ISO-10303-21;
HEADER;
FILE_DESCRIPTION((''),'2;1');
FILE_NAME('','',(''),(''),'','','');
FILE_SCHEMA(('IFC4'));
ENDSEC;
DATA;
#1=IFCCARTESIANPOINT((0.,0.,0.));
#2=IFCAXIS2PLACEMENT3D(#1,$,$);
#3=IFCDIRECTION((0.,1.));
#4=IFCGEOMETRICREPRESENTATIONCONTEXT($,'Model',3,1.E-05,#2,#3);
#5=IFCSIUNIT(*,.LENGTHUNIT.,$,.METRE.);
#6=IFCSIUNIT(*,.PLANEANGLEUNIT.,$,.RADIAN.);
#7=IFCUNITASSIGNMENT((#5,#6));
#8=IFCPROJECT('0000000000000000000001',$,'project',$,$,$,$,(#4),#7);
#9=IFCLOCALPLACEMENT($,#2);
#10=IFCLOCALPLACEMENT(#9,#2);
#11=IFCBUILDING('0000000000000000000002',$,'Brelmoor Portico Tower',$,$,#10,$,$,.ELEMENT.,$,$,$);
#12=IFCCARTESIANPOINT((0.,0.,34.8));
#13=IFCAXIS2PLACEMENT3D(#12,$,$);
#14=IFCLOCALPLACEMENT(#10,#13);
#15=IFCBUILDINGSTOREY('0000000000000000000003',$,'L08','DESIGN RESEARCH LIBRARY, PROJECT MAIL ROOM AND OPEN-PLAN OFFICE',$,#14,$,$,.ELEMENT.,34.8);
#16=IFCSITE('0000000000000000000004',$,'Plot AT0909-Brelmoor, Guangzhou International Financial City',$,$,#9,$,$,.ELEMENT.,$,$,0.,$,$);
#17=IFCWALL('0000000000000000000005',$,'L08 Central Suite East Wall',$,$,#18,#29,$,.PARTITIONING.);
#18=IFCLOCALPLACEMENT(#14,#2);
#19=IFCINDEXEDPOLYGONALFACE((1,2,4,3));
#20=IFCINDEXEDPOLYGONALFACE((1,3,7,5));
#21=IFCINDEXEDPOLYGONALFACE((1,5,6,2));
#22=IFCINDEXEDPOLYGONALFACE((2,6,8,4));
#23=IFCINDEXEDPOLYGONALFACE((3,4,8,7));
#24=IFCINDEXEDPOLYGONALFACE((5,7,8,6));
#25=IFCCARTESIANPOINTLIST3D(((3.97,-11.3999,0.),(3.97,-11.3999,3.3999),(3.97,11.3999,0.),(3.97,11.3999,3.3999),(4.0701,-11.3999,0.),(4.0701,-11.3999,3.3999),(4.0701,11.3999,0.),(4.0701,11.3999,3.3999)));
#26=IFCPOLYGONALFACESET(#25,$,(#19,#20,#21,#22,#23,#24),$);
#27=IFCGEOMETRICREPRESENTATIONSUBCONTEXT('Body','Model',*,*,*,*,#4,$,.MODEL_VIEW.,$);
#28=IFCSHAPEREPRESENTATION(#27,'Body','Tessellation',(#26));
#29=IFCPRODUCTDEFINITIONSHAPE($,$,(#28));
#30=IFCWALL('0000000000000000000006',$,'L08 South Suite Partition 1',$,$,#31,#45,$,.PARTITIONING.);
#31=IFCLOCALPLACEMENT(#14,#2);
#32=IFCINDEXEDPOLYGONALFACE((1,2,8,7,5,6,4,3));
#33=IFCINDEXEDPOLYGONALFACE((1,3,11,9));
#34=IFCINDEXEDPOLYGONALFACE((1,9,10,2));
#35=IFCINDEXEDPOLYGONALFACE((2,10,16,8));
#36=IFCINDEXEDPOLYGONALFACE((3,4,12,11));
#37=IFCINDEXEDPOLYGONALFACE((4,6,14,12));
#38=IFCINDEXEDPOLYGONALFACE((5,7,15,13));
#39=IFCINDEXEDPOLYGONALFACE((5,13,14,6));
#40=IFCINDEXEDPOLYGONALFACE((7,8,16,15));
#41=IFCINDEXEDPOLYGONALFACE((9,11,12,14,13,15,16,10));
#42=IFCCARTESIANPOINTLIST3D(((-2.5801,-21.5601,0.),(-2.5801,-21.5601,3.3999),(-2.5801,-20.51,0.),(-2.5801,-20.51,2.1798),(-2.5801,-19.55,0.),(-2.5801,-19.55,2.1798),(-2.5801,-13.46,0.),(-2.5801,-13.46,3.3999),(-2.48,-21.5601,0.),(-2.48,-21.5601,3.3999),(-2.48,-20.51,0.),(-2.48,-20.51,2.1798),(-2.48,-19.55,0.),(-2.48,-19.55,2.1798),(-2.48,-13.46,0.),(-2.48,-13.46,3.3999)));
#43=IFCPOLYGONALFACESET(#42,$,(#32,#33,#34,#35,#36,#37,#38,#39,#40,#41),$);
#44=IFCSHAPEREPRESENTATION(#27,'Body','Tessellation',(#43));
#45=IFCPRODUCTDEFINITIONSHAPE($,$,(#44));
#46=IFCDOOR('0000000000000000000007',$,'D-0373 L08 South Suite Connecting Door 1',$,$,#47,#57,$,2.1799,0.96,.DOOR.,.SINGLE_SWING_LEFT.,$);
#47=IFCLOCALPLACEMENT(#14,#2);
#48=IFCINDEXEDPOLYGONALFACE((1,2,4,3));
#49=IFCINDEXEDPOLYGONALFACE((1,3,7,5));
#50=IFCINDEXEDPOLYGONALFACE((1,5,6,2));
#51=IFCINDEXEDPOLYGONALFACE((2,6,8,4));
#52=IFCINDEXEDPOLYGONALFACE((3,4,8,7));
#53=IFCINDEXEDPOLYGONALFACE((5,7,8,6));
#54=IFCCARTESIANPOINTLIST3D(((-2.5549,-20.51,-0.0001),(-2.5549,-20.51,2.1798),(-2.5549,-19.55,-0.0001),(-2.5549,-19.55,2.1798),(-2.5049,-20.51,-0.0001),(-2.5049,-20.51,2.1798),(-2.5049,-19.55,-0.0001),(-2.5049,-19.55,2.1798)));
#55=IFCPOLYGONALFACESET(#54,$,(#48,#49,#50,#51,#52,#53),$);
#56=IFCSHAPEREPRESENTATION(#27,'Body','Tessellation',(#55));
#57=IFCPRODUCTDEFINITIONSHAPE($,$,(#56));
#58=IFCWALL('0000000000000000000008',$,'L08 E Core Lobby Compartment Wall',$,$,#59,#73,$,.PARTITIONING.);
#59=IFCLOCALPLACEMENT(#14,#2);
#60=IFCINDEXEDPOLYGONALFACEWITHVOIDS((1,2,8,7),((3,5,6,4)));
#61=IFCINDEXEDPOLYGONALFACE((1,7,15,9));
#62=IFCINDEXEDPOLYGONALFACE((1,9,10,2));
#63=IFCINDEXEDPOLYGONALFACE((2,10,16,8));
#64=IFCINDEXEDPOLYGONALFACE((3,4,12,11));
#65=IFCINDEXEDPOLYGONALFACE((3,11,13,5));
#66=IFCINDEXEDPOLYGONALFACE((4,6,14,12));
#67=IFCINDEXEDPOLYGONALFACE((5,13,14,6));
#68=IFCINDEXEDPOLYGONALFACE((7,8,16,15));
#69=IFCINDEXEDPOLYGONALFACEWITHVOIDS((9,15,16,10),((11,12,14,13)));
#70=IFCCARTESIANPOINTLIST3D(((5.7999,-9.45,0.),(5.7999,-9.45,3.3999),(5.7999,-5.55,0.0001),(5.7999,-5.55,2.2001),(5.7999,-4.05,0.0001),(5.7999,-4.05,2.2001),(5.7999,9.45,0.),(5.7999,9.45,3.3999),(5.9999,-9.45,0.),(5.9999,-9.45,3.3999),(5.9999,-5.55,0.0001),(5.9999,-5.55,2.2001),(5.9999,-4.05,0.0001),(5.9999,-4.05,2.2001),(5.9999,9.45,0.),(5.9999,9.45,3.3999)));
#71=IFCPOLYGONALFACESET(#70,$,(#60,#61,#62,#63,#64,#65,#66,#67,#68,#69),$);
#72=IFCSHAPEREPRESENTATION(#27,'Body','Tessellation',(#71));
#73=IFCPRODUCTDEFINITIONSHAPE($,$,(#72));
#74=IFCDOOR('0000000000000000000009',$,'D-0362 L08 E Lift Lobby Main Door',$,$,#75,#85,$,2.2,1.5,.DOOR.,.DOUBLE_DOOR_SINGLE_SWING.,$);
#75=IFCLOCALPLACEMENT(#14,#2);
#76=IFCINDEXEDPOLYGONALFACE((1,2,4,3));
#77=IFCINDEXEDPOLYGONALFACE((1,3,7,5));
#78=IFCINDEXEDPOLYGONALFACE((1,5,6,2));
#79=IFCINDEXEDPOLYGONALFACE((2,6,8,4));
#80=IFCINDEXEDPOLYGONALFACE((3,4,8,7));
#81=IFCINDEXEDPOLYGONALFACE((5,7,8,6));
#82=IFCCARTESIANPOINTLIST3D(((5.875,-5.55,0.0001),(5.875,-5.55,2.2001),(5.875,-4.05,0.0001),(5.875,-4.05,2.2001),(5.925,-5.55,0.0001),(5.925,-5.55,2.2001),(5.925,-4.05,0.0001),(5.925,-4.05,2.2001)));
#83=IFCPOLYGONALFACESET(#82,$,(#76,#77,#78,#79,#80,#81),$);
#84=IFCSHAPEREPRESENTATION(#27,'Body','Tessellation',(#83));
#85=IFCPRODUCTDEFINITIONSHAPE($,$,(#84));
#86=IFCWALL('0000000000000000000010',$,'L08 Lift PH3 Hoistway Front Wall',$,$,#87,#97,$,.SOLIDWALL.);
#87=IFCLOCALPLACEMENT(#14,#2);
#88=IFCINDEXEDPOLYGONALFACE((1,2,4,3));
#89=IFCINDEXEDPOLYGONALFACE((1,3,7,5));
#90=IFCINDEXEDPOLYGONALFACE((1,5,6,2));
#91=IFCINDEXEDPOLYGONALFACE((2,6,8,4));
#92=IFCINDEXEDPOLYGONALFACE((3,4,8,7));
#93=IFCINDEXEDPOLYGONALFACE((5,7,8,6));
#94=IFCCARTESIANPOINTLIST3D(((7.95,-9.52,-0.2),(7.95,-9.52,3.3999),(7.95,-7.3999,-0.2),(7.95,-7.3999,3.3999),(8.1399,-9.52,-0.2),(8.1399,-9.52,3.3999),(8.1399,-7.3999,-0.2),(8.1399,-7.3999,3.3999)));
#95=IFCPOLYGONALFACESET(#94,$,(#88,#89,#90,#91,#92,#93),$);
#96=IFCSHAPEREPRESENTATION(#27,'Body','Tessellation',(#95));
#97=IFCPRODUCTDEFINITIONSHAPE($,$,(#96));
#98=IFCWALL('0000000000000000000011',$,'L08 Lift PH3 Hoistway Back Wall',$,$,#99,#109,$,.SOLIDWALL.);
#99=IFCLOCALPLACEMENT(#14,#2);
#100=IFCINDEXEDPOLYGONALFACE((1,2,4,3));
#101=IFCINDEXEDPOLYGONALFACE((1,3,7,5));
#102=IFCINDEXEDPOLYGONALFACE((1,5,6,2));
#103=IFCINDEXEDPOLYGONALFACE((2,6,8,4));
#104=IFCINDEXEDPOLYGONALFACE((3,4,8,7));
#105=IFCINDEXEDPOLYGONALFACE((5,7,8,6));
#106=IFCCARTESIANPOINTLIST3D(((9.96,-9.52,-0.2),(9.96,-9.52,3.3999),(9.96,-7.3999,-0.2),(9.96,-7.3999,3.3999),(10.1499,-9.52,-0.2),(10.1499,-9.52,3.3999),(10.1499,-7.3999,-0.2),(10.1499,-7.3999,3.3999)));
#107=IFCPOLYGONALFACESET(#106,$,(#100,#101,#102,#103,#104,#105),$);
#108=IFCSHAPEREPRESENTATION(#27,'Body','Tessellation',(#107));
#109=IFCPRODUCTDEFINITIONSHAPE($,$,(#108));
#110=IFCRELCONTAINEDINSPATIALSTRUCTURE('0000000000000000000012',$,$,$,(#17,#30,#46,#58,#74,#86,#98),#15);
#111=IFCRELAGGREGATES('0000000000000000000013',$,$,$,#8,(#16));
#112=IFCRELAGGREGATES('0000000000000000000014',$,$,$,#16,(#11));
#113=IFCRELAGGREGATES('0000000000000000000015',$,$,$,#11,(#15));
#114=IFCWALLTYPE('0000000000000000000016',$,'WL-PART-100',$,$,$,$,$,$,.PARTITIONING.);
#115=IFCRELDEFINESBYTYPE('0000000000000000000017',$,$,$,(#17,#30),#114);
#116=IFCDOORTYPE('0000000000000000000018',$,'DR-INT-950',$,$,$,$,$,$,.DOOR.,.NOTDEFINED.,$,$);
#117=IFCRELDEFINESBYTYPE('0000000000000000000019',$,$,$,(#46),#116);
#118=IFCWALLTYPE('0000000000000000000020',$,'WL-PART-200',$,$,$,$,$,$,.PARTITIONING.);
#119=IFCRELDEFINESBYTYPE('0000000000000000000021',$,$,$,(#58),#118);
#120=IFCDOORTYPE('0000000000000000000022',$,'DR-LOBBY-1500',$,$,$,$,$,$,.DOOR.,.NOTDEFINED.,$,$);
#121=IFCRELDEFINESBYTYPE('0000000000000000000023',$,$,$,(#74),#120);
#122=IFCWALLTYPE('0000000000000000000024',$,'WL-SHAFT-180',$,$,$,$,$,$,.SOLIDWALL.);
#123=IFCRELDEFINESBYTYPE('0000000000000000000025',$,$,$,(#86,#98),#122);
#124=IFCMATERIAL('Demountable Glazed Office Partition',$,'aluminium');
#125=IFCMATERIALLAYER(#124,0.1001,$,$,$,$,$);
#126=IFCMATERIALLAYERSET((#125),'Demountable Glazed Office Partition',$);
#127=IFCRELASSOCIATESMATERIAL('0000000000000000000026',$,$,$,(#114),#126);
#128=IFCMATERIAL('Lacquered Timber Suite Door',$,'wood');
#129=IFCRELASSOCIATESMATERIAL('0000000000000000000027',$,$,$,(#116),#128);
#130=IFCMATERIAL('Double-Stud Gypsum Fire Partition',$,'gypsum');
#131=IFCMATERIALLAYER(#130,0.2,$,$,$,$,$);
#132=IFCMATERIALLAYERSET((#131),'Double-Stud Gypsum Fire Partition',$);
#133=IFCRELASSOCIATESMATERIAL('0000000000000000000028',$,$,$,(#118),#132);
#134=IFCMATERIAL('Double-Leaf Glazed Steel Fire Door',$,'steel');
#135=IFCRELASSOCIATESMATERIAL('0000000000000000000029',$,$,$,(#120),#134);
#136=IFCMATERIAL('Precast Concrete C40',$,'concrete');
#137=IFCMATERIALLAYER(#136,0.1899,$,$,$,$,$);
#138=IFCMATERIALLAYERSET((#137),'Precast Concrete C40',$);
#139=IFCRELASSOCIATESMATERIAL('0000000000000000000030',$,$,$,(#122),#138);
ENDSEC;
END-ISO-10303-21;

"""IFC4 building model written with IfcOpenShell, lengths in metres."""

from ifc_helpers import new_model, si_unit, direction, frame, frame_2d, origin, place, context, subcontext, project, spatial, rectangle, extrude, material, layer, layer_set, type_object, element, fill, save


model = new_model("IFC4")

# Units and contexts
model_context = context("Model", 3, precision=1e-05, world=origin(), true_north=direction((0.0, 1.0)))
body_context = subcontext(model_context, "Body", "Model", "MODEL_VIEW")
ifc_project = project(units=[si_unit("LENGTHUNIT", "METRE"), si_unit("PLANEANGLEUNIT", "RADIAN")], contexts=[model_context])

# Site, building, storey
site_placement = place(None, origin())
site = spatial("IfcSite", under=ifc_project, at=site_placement, Name="Plot AT0909-Brelmoor, Guangzhou International Financial City", CompositionType="ELEMENT", RefElevation=0.0)
building_placement = place(site_placement, origin())
building = spatial("IfcBuilding", under=site, at=building_placement, Name="Brelmoor Portico Tower", CompositionType="ELEMENT")
storey_placement = place(building_placement, frame((0.0, 0.0, 34.8)))
storey = spatial("IfcBuildingStorey", under=building, at=storey_placement, Name="L08", Description="DESIGN RESEARCH LIBRARY, PROJECT MAIL ROOM AND OPEN-PLAN OFFICE", CompositionType="ELEMENT", Elevation=34.8)

# Wall
ifc_material_1 = material(Name="Demountable Glazed Office Partition", Category="aluminium")
ifc_layer_1 = layer(ifc_material_1, 0.1001)
ifc_layer_set_1 = layer_set([ifc_layer_1], Name="Demountable Glazed Office Partition")
wall_type_1 = type_object("IfcWallType", Name="WL-PART-100", PredefinedType="PARTITIONING", material=ifc_layer_set_1)
wall_1_placement = place(storey_placement, frame((4.02, -11.3999, 0.0), z_axis=(0.0, 0.0, 1.0), x_axis=(0.0, 1.0, 0.0)))
element("IfcWall", 1, at=wall_1_placement, inside=storey, type_object=wall_type_1, Name="L08 Central Suite East Wall", PredefinedType="PARTITIONING", context=body_context, shape_type="SweptSolid", body=[
    extrude(rectangle(XDim=22.7998, YDim=0.1001, at=frame_2d((11.3999, 0.0))), origin(), (0.0, 0.0, 1.0), 3.3999),
])

# Walls, openings, doors
wall_2_placement = place(storey_placement, frame((-2.53, -21.5601, 0.0), z_axis=(0.0, 0.0, 1.0), x_axis=(0.0, 1.0, 0.0)))
wall_2 = element("IfcWall", 2, at=wall_2_placement, inside=storey, type_object=wall_type_1, Name="L08 South Suite Partition 1", PredefinedType="PARTITIONING", context=body_context, shape_type="SweptSolid", body=[
    extrude(rectangle(XDim=8.1001, YDim=0.1001, at=frame_2d((4.05, 0.0))), origin(), (0.0, 0.0, 1.0), 3.3999),
])
opening_1_placement = place(wall_2_placement, frame((1.05, 0.0, 0.0)))
opening_1 = element("IfcOpeningElement", 3, at=opening_1_placement, cuts=wall_2, PredefinedType="OPENING", context=body_context, shape_type="SweptSolid", body=[
    extrude(rectangle(XDim=0.96, YDim=2.1799, at=frame_2d((0.48, 1.0898))), frame((0.0, 0.0601, 0.0), z_axis=(0.0, -1.0, 0.0), x_axis=(1.0, 0.0, 0.0)), (0.0, 0.0, 1.0), 0.1201),
])
ifc_material_2 = material(Name="Lacquered Timber Suite Door", Category="wood")
door_type_1 = type_object("IfcDoorType", Name="DR-INT-950", OperationType="NOTDEFINED", PredefinedType="DOOR", material=ifc_material_2)
door_1_placement = place(opening_1_placement, origin())
door_1 = element("IfcDoor", 4, at=door_1_placement, inside=storey, type_object=door_type_1, Name="D-0373 L08 South Suite Connecting Door 1", OperationType="SINGLE_SWING_LEFT", OverallHeight=2.1799, OverallWidth=0.96, PredefinedType="DOOR", context=body_context, shape_type="SweptSolid", body=[
    extrude(rectangle(XDim=0.96, YDim=2.1799, at=frame_2d((0.48, 1.0898))), frame((0.0, 0.0249, 0.0), z_axis=(0.0, -1.0, 0.0), x_axis=(1.0, 0.0, 0.0)), (0.0, 0.0, 1.0), 0.05),
])
fill(opening_1, door_1)
ifc_material_3 = material(Name="Double-Stud Gypsum Fire Partition", Category="gypsum")
ifc_layer_2 = layer(ifc_material_3, 0.2)
ifc_layer_set_2 = layer_set([ifc_layer_2], Name="Double-Stud Gypsum Fire Partition")
wall_type_2 = type_object("IfcWallType", Name="WL-PART-200", PredefinedType="PARTITIONING", material=ifc_layer_set_2)
wall_3_placement = place(storey_placement, frame((5.8999, -9.45, 0.0), z_axis=(0.0, 0.0, 1.0), x_axis=(0.0, 1.0, 0.0)))
wall_3 = element("IfcWall", 5, at=wall_3_placement, inside=storey, type_object=wall_type_2, Name="L08 E Core Lobby Compartment Wall", PredefinedType="PARTITIONING", context=body_context, shape_type="SweptSolid", body=[
    extrude(rectangle(XDim=18.8999, YDim=0.2, at=frame_2d((9.45, 0.0))), origin(), (0.0, 0.0, 1.0), 3.3999),
])
opening_2_placement = place(wall_3_placement, frame((3.8999, 0.0, 0.0)))
opening_2 = element("IfcOpeningElement", 6, at=opening_2_placement, cuts=wall_3, PredefinedType="OPENING", context=body_context, shape_type="SweptSolid", body=[
    extrude(rectangle(XDim=1.5, YDim=2.2, at=frame_2d((0.75, 1.1001))), frame((0.0, 0.1099, 0.0), z_axis=(0.0, -1.0, 0.0), x_axis=(1.0, 0.0, 0.0)), (0.0, 0.0, 1.0), 0.22),
])
ifc_material_4 = material(Name="Double-Leaf Glazed Steel Fire Door", Category="steel")
door_type_2 = type_object("IfcDoorType", Name="DR-LOBBY-1500", OperationType="NOTDEFINED", PredefinedType="DOOR", material=ifc_material_4)
door_2_placement = place(opening_2_placement, origin())
door_2 = element("IfcDoor", 7, at=door_2_placement, inside=storey, type_object=door_type_2, Name="D-0362 L08 E Lift Lobby Main Door", OperationType="DOUBLE_DOOR_SINGLE_SWING", OverallHeight=2.2, OverallWidth=1.5, PredefinedType="DOOR", context=body_context, shape_type="SweptSolid", body=[
    extrude(rectangle(XDim=1.5, YDim=2.2, at=frame_2d((0.75, 1.1001))), frame((0.0, 0.0249, 0.0), z_axis=(0.0, -1.0, 0.0), x_axis=(1.0, 0.0, 0.0)), (0.0, 0.0, 1.0), 0.05),
])
fill(opening_2, door_2)

# Walls
ifc_material_5 = material(Name="Precast Concrete C40", Category="concrete")
ifc_layer_3 = layer(ifc_material_5, 0.1899)
ifc_layer_set_3 = layer_set([ifc_layer_3], Name="Precast Concrete C40")
wall_type_3 = type_object("IfcWallType", Name="WL-SHAFT-180", PredefinedType="SOLIDWALL", material=ifc_layer_set_3)
for number, where, z_axis, x_axis, name in (
    (8, (8.0449, -9.52, -0.2), (0.0, 0.0, 1.0), (0.0, 1.0, 0.0), "L08 Lift PH3 Hoistway Front Wall"),
    (9, (10.0549, -9.52, -0.2), (0.0, 0.0, 1.0), (0.0, 1.0, 0.0), "L08 Lift PH3 Hoistway Back Wall"),
):
    element("IfcWall", number, at=place(storey_placement, frame(where, z_axis=z_axis, x_axis=x_axis)), inside=storey, type_object=wall_type_3, Name=name, PredefinedType="SOLIDWALL", context=body_context, shape_type="SweptSolid", body=[
        extrude(rectangle(XDim=2.1201, YDim=0.1899, at=frame_2d((1.0601, 0.0))), origin(), (0.0, 0.0, 1.0), 3.5999),
    ])

save(model, "model.ifc")
